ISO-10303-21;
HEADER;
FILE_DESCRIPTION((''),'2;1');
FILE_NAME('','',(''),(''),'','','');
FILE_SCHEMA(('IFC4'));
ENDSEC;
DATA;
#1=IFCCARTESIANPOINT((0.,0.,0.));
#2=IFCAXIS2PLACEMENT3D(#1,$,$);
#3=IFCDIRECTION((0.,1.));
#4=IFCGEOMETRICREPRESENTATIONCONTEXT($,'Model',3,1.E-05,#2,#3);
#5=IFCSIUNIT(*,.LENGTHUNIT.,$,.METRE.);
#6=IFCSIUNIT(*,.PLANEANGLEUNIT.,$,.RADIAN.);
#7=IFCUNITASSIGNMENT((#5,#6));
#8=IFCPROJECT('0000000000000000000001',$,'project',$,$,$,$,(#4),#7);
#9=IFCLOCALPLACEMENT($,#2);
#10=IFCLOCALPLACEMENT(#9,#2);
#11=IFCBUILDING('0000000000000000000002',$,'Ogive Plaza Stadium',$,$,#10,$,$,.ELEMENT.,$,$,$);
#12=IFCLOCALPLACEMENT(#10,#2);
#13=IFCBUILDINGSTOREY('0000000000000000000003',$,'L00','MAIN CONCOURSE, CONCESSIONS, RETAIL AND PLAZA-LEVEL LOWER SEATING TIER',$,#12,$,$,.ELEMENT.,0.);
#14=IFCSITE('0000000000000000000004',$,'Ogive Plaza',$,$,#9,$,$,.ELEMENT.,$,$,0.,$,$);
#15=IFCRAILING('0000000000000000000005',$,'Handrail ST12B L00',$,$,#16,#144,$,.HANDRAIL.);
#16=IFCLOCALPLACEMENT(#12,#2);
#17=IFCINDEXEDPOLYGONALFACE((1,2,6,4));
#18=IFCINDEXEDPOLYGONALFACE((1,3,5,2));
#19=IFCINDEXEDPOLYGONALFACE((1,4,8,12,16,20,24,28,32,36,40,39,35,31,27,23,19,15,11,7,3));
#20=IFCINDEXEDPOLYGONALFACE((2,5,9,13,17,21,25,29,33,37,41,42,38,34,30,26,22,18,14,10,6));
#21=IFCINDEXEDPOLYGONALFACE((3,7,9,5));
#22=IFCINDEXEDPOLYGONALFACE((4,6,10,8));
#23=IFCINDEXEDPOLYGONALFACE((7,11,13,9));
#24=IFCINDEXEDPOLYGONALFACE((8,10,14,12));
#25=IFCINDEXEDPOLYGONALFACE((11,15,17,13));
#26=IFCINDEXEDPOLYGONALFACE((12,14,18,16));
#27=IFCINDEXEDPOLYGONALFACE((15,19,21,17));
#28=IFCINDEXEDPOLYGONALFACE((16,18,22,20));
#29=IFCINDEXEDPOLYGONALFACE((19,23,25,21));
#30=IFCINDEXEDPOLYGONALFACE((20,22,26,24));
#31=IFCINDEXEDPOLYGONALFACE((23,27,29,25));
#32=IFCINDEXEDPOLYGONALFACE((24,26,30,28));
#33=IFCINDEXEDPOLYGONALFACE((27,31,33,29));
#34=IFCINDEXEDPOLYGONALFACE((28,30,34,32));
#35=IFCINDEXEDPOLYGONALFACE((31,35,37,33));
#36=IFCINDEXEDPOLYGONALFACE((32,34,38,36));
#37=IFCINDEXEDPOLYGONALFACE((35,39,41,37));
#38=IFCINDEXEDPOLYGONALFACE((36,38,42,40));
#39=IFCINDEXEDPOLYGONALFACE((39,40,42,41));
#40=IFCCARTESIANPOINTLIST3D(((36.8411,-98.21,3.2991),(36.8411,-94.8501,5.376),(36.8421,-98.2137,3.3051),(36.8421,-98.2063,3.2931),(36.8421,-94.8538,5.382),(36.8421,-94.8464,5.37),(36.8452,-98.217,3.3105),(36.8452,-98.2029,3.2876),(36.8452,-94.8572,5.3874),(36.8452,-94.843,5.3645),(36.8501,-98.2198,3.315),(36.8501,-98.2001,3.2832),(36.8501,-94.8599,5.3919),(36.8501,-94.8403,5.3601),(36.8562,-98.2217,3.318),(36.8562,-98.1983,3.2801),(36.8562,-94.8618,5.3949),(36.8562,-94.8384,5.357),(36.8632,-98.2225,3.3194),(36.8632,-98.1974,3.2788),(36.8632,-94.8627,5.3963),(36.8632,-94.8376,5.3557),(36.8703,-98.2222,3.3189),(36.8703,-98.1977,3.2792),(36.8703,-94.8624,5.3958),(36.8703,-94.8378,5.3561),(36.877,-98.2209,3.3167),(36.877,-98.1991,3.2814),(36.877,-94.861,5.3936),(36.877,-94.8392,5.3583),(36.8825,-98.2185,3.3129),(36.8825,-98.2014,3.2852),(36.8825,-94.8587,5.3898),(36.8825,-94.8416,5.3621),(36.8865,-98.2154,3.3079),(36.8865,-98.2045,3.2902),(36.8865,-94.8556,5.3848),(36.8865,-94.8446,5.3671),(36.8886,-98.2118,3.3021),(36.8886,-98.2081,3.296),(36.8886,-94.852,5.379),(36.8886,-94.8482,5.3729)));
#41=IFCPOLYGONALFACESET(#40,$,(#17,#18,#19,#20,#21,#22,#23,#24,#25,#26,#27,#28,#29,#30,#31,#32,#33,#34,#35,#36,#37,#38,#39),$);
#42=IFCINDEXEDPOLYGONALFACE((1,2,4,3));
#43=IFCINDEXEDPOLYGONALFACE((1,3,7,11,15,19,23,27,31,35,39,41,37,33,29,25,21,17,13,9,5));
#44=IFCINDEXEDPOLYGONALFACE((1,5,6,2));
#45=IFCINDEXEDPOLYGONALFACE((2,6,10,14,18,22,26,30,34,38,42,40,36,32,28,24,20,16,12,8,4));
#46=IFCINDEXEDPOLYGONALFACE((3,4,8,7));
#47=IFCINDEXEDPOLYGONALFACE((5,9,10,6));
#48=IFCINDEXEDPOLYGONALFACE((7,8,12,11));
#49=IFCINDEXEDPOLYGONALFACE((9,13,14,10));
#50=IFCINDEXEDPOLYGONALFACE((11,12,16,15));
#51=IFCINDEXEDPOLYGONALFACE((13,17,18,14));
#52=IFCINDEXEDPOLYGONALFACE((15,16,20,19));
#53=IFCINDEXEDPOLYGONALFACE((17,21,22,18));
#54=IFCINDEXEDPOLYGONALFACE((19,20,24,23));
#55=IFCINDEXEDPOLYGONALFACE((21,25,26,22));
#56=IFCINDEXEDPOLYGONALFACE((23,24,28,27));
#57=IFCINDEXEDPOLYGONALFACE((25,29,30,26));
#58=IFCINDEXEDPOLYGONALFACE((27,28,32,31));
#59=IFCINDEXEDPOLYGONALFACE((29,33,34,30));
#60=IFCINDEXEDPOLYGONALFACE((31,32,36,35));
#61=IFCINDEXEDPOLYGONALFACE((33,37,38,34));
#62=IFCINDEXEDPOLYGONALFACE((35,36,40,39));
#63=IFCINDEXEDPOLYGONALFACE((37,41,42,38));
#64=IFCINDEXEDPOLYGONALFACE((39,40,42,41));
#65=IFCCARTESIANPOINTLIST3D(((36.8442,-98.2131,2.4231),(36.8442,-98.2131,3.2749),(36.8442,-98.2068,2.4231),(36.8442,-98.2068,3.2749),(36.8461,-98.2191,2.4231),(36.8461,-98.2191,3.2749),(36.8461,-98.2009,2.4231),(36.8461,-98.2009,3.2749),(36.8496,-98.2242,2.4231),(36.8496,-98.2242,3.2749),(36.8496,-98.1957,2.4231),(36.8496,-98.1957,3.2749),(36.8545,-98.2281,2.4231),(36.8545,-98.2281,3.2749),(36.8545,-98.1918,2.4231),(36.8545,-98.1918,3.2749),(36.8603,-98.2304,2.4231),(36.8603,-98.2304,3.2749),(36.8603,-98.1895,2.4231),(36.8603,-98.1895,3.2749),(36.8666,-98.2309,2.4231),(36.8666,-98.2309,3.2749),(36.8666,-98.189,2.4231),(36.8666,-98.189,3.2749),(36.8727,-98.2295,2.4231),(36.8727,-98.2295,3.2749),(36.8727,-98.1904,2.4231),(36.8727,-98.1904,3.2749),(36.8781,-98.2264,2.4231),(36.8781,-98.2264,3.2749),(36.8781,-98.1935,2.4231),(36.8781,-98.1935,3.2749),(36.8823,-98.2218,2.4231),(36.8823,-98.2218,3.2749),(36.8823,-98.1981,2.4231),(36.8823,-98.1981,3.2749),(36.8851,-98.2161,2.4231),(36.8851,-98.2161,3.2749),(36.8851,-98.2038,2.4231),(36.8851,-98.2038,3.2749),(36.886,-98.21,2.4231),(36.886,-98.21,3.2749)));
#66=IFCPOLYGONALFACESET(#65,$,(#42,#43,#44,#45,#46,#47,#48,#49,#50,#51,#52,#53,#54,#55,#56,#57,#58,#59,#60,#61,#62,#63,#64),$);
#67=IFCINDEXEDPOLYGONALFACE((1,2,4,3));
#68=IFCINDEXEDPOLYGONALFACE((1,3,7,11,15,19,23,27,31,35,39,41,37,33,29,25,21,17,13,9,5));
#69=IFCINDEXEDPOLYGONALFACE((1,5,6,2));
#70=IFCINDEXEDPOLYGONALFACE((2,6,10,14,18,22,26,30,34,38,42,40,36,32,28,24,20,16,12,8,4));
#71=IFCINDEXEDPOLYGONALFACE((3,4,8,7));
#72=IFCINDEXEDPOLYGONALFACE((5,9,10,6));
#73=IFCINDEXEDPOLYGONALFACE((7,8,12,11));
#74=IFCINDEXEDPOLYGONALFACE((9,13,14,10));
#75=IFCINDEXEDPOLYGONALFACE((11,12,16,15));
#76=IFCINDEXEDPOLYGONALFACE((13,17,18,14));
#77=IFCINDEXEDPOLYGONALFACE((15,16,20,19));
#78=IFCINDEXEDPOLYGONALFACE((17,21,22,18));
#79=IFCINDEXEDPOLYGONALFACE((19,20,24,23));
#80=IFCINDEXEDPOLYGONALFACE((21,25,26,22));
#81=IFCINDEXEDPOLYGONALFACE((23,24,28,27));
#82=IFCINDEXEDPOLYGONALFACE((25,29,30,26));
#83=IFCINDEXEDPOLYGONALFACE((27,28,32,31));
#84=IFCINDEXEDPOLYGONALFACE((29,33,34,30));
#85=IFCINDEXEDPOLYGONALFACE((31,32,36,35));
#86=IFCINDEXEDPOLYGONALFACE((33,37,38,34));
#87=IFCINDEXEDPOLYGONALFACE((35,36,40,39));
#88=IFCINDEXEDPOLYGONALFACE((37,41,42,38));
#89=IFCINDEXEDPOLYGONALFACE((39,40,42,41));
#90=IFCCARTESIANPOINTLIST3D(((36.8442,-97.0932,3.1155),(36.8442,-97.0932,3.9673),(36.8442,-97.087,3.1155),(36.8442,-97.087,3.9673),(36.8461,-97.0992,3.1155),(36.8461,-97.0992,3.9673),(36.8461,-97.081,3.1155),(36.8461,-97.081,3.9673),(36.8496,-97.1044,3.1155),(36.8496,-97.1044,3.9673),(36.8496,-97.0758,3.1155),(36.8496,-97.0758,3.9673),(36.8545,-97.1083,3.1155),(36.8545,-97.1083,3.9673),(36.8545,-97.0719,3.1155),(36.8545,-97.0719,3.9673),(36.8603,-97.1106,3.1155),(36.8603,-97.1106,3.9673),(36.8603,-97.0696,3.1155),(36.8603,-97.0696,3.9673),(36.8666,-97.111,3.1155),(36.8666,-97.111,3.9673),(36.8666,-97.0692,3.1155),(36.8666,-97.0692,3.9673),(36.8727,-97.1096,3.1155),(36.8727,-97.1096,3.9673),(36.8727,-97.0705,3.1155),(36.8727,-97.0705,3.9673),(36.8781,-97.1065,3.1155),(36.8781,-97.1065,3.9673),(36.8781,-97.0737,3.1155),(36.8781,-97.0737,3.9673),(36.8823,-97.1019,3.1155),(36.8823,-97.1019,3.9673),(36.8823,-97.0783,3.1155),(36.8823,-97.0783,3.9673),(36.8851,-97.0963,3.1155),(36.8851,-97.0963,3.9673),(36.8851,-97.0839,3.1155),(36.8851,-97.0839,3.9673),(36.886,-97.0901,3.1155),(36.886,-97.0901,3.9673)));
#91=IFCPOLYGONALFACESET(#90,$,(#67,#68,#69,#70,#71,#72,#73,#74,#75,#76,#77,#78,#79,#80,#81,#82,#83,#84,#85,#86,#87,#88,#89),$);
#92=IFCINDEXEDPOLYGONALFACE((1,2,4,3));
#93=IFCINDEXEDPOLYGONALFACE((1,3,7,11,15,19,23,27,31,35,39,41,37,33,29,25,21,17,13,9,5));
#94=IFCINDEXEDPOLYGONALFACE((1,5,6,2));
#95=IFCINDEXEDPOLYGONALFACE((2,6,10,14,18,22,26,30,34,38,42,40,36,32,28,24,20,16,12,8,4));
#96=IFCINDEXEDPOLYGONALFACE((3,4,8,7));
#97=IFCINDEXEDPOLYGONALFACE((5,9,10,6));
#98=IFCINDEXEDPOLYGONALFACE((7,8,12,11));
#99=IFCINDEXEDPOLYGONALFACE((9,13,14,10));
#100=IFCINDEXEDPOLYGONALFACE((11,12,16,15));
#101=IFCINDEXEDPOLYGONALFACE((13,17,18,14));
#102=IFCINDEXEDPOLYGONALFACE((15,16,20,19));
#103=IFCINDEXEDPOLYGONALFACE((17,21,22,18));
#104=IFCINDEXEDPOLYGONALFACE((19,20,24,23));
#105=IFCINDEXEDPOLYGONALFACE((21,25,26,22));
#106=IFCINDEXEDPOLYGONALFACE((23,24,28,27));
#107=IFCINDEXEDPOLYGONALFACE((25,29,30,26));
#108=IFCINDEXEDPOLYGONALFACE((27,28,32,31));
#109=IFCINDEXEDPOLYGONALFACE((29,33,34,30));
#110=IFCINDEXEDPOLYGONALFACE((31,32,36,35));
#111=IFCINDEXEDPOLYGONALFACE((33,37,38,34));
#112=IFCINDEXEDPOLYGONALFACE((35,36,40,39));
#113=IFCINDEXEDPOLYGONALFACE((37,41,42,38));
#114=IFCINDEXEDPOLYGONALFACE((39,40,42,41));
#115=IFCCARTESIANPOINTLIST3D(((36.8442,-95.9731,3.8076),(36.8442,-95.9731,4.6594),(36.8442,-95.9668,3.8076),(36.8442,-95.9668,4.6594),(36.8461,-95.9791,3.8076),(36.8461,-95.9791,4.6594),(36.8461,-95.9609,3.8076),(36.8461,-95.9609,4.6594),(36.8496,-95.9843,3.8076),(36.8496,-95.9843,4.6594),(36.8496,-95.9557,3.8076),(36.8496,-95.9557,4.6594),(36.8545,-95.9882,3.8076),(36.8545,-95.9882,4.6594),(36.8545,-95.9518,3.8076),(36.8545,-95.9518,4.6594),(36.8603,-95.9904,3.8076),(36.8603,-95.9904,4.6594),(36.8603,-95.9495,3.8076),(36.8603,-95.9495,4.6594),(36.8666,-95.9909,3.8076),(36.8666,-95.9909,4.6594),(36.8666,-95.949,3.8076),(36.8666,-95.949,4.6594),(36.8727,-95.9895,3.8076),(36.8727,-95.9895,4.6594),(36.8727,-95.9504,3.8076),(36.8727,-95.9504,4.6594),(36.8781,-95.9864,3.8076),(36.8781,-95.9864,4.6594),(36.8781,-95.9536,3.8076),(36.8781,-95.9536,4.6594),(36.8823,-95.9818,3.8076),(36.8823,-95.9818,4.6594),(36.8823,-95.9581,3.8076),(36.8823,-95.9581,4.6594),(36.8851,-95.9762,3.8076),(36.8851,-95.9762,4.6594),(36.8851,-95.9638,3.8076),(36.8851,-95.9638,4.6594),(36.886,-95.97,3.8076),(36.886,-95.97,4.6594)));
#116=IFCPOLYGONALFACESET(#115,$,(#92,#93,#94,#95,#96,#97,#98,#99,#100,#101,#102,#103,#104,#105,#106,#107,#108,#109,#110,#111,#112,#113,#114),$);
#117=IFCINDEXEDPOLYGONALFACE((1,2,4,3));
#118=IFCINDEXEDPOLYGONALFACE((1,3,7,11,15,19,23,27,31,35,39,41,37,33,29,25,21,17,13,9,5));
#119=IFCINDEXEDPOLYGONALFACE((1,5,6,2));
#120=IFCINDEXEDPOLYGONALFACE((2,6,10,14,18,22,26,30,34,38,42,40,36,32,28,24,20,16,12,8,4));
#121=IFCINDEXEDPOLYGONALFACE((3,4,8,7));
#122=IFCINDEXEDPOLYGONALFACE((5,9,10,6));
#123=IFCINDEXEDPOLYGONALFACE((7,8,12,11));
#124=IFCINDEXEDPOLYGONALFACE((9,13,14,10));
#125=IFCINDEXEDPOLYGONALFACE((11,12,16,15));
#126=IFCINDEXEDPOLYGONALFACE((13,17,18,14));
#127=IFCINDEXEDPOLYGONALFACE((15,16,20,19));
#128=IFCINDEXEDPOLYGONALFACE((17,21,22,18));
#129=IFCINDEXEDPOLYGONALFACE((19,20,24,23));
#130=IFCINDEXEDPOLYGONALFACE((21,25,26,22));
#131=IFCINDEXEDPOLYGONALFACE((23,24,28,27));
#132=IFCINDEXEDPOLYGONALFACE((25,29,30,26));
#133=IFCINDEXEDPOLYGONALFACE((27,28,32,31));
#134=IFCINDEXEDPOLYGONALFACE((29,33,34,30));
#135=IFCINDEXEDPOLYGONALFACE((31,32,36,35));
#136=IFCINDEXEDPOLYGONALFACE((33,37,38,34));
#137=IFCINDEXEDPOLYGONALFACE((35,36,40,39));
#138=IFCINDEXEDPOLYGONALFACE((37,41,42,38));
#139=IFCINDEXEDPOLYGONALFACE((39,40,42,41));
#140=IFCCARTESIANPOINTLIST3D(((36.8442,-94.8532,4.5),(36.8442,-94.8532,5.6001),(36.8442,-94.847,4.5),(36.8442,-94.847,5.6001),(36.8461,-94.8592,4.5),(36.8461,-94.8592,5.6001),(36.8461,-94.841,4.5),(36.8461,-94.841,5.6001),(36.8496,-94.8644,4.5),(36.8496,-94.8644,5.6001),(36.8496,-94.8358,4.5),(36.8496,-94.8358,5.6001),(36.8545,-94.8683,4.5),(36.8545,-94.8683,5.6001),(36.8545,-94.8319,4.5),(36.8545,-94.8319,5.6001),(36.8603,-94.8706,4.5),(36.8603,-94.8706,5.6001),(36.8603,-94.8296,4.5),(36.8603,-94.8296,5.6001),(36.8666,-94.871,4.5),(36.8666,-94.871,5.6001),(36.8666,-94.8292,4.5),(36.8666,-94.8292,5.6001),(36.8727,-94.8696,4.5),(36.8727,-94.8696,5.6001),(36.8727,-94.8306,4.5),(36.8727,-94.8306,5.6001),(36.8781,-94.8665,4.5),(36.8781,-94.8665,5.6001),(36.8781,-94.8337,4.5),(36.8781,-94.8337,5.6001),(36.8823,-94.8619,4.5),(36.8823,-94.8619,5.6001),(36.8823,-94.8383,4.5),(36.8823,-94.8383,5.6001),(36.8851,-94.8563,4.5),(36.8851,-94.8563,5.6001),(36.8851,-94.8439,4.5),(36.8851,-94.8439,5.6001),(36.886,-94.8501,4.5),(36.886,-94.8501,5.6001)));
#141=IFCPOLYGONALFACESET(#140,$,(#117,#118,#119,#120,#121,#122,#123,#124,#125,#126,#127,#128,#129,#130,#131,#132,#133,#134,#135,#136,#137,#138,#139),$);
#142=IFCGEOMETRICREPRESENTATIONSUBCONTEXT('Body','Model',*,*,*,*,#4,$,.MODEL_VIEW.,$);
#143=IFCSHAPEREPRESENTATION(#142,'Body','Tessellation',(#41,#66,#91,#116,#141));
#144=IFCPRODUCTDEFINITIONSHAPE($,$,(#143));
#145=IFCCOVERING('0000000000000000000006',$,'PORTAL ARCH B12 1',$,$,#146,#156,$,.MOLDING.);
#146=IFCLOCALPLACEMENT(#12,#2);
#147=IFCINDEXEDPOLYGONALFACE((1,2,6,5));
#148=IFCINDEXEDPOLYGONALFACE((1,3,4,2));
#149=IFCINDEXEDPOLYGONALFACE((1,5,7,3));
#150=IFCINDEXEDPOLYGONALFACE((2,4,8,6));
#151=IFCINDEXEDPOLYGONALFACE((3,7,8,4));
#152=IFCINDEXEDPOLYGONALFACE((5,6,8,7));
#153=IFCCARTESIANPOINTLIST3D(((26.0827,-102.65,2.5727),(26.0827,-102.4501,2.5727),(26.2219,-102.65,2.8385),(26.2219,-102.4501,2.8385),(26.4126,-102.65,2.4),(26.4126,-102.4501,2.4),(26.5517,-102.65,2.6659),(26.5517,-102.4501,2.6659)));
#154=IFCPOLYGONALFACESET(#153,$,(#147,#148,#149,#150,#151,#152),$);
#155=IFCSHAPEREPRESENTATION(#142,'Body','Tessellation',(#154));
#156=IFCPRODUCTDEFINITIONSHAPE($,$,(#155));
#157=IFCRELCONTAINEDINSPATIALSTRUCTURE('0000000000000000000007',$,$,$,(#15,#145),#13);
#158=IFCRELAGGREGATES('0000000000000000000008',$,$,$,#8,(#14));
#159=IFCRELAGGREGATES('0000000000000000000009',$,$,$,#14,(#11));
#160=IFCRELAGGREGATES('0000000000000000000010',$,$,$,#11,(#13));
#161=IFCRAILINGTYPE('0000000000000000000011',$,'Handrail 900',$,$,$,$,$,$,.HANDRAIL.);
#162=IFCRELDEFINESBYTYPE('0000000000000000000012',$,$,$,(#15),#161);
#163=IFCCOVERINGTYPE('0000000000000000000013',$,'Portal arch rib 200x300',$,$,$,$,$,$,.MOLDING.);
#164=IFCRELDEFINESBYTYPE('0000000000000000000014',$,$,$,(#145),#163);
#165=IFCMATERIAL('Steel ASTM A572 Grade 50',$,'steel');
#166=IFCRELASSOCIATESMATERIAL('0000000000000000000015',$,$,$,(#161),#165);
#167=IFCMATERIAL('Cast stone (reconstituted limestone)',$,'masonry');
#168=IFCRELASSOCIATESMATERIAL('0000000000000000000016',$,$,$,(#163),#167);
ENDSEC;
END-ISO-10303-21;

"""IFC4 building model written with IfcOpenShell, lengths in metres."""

from ifc_helpers import new_model, si_unit, direction, frame, origin, origin_2d, place, context, subcontext, project, spatial, rectangle, circle, extrude, material, material_profile, profile_set, type_object, element, save


model = new_model("IFC4")

# Units and contexts
model_context = context("Model", 3, precision=1e-05, world=origin(), true_north=direction((0.0, 1.0)))
body_context = subcontext(model_context, "Body", "Model", "MODEL_VIEW")
ifc_project = project(units=[si_unit("LENGTHUNIT", "METRE"), si_unit("PLANEANGLEUNIT", "RADIAN")], contexts=[model_context])

# Site, building, storey
site_placement = place(None, origin())
site = spatial("IfcSite", under=ifc_project, at=site_placement, Name="Ogive Plaza", CompositionType="ELEMENT", RefElevation=0.0)
building_placement = place(site_placement, origin())
building = spatial("IfcBuilding", under=site, at=building_placement, Name="Ogive Plaza Stadium", CompositionType="ELEMENT")
storey_placement = place(building_placement, origin())
storey = spatial("IfcBuildingStorey", under=building, at=storey_placement, Name="L00", Description="MAIN CONCOURSE, CONCESSIONS, RETAIL AND PLAZA-LEVEL LOWER SEATING TIER", CompositionType="ELEMENT", Elevation=0.0)

# Railing
ifc_material_1 = material(Name="Steel ASTM A572 Grade 50", Category="steel")
railing_type_1 = type_object("IfcRailingType", Name="Handrail 900", PredefinedType="HANDRAIL", material=ifc_material_1)
for number, where, name in (
    (1, (36.865, -98.21, 2.4231), "Handrail ST12B L00"),
):
    element("IfcRailing", number, at=place(storey_placement, frame(where)), inside=storey, type_object=railing_type_1, Name=name, PredefinedType="HANDRAIL", context=body_context, shape_type="SweptSolid", body=[
        extrude(circle(Radius=0.0239, at=origin_2d()), frame((0.0, 0.0, 0.876), z_axis=(0.0, 0.850606, 0.525803), x_axis=(-1.0, 0.0, 0.0)), (0.0, 0.0, 1.0), 3.95),
        extrude(circle(Radius=0.021, at=origin_2d()), origin(), (0.0, 0.0, 1.0), 0.8518),
        extrude(circle(Radius=0.021, at=origin_2d()), frame((0.0, 1.1199, 0.6924)), (0.0, 0.0, 1.0), 0.8518),
        extrude(circle(Radius=0.021, at=origin_2d()), frame((0.0, 2.24, 1.3845)), (0.0, 0.0, 1.0), 0.8518),
        extrude(circle(Radius=0.021, at=origin_2d()), frame((0.0, 3.3599, 2.0769)), (0.0, 0.0, 1.0), 1.1001),
    ])

# Covering
ifc_material_2 = material(Name="Cast stone (reconstituted limestone)", Category="masonry")
ifc_material_profile_1 = material_profile(ifc_material_2, rectangle(XDim=0.2, YDim=0.3, at=origin_2d()), Name="Cast stone 200x300")
ifc_profile_set_1 = profile_set([ifc_material_profile_1], Name="Cast stone (reconstituted limestone)")
covering_type = type_object("IfcCoveringType", Name="Portal arch rib 200x300", PredefinedType="MOLDING", material=ifc_profile_set_1)
covering_placement = place(storey_placement, frame((26.4822, -102.55, 2.533), z_axis=(-0.886011, 0.0, 0.463664), x_axis=(0.0, -1.0, 0.0)))
element("IfcCovering", 2, at=covering_placement, inside=storey, type_object=covering_type, Name="PORTAL ARCH B12 1", PredefinedType="MOLDING", context=body_context, shape_type="SweptSolid", body=[
    extrude(rectangle(XDim=0.2, YDim=0.3, at=origin_2d()), origin(), (0.0, 0.0, 1.0), 0.3723),
])

save(model, "model.ifc")
